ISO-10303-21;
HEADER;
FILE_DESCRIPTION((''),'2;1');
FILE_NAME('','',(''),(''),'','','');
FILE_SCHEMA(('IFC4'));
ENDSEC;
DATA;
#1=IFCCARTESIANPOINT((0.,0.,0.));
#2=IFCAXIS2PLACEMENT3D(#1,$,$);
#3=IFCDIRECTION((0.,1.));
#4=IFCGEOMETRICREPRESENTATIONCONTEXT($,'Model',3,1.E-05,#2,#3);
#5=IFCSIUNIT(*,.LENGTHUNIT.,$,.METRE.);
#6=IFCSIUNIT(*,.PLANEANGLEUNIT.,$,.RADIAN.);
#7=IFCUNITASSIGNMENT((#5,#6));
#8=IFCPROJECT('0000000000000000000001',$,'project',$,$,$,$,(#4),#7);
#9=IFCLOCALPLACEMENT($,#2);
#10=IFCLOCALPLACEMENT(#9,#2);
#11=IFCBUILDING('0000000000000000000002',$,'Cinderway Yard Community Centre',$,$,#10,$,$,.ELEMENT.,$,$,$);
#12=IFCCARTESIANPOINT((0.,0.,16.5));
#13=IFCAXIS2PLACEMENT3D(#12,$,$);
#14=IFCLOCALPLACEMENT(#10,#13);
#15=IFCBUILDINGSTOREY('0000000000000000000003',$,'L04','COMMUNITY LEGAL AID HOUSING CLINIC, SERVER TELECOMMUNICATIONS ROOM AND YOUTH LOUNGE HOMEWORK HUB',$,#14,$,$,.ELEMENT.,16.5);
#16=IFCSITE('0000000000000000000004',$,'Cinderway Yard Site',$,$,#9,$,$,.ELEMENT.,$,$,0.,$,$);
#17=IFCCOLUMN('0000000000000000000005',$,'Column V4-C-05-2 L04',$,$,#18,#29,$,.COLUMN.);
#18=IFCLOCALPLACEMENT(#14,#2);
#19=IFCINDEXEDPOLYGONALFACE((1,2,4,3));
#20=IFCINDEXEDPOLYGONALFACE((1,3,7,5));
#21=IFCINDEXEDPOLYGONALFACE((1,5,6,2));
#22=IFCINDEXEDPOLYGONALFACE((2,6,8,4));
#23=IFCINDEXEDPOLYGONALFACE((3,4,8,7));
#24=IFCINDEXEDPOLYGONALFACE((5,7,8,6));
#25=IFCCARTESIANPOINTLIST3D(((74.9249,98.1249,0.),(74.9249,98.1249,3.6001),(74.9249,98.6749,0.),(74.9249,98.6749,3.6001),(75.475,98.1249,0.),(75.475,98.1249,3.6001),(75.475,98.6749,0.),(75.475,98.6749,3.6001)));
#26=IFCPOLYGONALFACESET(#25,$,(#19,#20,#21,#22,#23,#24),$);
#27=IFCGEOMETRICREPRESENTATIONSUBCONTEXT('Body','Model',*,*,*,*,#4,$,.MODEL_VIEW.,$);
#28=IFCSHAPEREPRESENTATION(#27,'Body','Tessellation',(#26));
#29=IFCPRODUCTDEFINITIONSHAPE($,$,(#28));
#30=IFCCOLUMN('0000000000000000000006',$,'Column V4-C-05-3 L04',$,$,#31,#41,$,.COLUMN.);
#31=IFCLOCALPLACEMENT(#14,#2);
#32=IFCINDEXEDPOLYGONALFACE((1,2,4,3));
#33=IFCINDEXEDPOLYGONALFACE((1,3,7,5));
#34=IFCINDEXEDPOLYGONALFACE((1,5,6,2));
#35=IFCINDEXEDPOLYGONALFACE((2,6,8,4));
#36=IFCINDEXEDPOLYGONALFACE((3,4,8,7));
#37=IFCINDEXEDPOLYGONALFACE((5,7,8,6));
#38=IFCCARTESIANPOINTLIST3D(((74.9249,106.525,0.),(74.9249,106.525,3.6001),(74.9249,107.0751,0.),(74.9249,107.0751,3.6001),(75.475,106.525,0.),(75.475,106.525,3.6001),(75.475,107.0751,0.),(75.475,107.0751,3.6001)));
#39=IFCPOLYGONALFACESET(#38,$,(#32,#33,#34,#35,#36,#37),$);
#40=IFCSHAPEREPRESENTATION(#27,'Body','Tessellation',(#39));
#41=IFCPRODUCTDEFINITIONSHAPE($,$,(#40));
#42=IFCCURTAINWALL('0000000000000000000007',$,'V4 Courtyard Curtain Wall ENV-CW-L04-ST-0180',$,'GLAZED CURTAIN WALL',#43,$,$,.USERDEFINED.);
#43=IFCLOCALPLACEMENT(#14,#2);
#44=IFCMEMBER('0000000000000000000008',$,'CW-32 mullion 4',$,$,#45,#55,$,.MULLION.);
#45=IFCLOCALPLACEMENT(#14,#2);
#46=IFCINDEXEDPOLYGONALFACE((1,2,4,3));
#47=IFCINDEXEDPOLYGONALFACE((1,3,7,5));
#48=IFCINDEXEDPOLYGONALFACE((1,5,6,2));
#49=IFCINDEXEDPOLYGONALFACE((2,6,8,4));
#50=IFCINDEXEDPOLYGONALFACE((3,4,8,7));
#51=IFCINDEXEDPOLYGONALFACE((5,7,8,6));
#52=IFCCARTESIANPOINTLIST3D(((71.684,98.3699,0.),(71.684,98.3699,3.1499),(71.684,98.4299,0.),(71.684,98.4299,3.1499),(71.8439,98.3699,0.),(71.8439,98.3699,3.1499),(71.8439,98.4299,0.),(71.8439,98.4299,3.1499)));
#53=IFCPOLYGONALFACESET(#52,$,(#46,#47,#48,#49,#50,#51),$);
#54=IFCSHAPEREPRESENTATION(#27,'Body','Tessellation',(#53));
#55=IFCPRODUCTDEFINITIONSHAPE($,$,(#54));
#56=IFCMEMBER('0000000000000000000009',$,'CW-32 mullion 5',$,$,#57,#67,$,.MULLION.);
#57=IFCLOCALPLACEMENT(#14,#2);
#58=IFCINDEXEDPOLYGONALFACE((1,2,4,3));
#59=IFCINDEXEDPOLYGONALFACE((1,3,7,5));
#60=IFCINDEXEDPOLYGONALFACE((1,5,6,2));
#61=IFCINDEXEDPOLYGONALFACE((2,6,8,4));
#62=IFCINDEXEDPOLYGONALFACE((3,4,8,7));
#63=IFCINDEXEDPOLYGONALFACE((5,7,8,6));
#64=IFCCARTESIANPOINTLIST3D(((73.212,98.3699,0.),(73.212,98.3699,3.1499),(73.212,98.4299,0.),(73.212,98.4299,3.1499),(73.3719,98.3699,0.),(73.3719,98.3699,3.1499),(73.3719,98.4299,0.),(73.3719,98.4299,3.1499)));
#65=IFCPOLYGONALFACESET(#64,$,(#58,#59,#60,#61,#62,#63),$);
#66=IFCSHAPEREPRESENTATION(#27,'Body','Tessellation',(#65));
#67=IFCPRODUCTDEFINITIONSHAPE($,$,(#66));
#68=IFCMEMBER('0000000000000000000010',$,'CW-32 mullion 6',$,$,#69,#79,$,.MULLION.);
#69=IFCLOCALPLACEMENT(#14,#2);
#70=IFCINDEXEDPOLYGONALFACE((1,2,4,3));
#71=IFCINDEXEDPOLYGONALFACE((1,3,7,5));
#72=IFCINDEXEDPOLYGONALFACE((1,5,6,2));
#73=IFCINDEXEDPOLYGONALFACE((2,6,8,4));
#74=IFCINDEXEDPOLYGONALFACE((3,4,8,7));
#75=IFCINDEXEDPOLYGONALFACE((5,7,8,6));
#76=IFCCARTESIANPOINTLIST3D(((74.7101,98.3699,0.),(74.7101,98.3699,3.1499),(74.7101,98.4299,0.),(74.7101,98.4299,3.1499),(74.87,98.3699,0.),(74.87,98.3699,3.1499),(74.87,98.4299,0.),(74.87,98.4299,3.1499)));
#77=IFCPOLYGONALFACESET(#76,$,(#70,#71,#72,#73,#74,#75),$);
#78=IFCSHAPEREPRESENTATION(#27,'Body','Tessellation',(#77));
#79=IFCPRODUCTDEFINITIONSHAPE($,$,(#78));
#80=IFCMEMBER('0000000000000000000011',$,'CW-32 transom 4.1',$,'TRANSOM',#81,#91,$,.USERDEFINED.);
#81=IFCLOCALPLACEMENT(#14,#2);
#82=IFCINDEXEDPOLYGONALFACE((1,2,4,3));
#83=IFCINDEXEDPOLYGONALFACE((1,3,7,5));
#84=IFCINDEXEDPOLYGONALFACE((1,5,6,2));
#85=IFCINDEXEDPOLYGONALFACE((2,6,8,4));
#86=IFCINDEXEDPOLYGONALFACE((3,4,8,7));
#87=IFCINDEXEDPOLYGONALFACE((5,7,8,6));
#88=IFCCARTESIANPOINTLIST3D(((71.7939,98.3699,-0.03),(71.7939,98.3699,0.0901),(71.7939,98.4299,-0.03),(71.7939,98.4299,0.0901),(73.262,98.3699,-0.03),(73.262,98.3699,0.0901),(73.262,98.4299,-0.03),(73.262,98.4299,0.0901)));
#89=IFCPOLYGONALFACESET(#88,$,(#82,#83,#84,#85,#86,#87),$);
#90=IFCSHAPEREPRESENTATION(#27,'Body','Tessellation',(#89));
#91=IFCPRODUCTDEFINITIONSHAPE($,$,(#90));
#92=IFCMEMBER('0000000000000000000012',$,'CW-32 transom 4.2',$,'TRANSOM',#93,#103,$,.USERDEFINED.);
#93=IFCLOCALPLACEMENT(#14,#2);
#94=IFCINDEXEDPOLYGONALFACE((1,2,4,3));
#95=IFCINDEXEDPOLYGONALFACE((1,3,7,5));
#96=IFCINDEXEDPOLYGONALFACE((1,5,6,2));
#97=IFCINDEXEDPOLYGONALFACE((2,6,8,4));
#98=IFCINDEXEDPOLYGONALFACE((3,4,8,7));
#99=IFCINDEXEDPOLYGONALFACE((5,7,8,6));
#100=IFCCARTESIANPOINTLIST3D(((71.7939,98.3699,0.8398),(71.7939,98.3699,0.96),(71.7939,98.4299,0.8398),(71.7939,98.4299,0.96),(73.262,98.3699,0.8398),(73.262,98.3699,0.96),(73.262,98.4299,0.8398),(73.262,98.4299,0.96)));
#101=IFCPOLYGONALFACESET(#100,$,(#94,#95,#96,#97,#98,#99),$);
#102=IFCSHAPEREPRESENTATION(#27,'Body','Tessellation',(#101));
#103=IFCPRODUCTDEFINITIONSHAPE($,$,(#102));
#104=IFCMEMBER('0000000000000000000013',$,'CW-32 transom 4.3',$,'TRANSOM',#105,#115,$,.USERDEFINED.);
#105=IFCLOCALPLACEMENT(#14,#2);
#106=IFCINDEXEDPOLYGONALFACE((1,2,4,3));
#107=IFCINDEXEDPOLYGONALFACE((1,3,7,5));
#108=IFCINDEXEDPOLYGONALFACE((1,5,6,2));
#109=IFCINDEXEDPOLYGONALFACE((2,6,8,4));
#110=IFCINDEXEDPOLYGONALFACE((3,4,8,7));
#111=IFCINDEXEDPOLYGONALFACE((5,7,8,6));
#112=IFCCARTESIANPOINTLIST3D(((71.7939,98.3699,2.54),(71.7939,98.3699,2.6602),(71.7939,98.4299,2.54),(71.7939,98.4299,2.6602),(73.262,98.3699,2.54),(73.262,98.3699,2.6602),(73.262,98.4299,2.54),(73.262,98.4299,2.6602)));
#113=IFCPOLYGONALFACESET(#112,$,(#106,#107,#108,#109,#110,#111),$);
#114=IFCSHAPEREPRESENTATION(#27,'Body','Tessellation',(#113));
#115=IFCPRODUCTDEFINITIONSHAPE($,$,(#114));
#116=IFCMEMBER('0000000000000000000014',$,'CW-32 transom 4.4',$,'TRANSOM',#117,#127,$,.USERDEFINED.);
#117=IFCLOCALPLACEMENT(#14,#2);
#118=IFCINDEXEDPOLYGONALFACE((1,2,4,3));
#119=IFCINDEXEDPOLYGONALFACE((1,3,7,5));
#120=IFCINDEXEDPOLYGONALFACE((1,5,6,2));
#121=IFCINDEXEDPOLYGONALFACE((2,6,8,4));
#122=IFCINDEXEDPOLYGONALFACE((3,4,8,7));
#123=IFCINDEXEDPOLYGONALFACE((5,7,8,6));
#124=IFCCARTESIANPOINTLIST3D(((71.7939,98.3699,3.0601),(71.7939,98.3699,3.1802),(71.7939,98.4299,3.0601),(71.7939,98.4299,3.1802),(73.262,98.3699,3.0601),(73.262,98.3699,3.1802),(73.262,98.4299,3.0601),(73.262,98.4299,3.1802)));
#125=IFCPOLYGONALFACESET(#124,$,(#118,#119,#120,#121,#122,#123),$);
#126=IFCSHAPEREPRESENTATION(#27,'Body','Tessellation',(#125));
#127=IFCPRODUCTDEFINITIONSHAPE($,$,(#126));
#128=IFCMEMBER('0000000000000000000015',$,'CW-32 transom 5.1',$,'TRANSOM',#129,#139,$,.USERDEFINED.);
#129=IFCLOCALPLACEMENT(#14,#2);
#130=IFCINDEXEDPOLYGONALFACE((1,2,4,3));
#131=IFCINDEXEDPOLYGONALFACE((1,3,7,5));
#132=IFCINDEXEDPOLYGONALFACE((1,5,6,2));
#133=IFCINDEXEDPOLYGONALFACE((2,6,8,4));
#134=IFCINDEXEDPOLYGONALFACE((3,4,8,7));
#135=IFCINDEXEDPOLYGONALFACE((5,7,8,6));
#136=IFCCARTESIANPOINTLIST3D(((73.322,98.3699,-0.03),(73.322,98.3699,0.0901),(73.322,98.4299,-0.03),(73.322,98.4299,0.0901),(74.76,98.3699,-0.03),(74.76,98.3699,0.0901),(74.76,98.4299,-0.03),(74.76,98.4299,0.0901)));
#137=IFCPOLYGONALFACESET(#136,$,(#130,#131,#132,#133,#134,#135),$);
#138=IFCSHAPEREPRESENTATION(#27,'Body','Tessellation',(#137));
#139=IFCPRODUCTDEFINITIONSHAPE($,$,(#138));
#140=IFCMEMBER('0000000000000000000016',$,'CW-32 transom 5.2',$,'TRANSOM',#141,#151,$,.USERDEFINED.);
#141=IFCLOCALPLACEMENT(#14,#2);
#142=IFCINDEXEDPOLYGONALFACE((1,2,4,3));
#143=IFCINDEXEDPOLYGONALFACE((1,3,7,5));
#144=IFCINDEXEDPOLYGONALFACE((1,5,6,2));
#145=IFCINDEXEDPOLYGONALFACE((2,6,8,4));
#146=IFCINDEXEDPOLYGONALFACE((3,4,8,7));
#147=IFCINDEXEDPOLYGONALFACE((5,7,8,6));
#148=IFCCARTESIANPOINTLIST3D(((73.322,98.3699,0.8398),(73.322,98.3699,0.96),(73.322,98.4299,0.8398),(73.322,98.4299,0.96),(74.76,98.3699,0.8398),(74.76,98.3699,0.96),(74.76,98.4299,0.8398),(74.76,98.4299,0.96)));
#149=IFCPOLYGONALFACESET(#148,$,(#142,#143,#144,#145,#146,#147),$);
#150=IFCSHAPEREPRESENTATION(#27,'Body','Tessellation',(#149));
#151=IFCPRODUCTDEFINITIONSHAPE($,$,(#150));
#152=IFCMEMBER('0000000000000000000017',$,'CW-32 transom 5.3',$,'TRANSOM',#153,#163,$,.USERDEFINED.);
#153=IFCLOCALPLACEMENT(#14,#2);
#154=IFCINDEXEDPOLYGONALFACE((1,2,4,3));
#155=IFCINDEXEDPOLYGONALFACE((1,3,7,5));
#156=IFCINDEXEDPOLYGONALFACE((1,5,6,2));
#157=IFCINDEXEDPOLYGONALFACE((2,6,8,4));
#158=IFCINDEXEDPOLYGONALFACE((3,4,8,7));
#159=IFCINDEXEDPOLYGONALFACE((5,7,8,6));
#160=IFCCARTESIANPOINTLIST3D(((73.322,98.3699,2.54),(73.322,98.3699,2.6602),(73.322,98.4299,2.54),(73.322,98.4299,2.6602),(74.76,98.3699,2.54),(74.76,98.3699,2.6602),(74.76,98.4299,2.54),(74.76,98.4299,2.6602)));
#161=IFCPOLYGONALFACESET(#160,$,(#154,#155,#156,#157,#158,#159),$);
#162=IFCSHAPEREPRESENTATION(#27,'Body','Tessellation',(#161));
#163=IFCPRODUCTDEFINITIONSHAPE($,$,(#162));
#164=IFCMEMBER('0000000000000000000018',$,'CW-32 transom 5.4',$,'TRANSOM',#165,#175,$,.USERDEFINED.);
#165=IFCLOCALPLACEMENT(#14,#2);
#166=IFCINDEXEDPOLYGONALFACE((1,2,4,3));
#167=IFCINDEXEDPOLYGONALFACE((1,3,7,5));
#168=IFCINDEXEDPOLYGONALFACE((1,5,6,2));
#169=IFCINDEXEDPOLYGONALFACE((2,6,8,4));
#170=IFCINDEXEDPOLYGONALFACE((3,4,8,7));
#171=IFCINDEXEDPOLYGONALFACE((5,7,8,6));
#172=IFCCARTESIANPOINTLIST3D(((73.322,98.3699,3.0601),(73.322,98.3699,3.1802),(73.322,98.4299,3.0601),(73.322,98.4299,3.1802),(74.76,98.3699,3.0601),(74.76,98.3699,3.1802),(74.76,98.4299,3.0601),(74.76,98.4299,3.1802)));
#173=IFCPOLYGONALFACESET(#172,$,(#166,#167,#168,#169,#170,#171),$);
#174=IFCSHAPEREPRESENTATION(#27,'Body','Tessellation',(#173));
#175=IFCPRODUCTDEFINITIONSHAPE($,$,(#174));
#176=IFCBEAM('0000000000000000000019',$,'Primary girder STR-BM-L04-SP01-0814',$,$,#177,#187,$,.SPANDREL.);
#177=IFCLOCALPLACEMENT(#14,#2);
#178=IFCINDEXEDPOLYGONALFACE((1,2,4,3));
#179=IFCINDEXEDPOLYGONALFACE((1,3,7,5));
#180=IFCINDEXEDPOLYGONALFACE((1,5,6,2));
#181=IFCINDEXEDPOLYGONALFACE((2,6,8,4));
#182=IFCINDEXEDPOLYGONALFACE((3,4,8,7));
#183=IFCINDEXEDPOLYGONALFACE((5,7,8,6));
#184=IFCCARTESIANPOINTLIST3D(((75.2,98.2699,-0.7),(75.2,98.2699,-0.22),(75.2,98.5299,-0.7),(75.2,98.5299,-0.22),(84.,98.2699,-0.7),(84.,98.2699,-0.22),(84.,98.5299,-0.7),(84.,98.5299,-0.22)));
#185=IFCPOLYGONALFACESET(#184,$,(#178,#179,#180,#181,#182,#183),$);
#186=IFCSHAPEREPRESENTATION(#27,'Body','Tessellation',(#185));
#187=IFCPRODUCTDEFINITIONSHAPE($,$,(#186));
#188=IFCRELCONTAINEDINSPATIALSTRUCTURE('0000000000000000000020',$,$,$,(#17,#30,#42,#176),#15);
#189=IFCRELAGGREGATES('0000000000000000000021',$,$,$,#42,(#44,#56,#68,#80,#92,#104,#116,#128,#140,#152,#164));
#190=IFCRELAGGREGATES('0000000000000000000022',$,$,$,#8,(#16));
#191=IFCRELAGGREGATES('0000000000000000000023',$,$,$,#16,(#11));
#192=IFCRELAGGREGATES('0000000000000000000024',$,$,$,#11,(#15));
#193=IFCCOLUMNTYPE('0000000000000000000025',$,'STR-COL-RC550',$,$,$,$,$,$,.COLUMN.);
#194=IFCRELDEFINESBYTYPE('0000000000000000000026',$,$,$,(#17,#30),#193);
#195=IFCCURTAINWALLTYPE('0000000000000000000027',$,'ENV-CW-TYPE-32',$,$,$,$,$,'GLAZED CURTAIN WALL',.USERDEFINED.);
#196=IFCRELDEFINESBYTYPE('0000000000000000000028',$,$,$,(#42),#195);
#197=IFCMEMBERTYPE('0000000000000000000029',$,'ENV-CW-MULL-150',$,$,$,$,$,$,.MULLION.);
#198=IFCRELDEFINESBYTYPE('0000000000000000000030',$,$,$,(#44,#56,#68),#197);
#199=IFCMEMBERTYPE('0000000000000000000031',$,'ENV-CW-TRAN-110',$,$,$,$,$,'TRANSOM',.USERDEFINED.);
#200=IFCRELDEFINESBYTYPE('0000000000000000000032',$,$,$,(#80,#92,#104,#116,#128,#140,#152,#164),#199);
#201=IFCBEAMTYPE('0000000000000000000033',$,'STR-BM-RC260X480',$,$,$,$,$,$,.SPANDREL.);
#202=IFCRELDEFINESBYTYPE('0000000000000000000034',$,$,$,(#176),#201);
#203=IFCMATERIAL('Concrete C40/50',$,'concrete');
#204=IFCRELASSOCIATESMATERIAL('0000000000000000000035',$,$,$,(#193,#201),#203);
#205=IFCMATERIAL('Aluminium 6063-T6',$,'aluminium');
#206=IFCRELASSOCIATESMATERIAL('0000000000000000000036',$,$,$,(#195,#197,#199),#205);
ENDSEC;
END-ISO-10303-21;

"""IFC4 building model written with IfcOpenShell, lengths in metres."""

from ifc_helpers import new_model, si_unit, direction, frame, origin, origin_2d, place, context, subcontext, project, spatial, rectangle, extrude, material, material_profile, profile_set, type_object, element, aggregate, save


model = new_model("IFC4")

# Units and contexts
model_context = context("Model", 3, precision=1e-05, world=origin(), true_north=direction((0.0, 1.0)))
body_context = subcontext(model_context, "Body", "Model", "MODEL_VIEW")
ifc_project = project(units=[si_unit("LENGTHUNIT", "METRE"), si_unit("PLANEANGLEUNIT", "RADIAN")], contexts=[model_context])

# Site, building, storey
site_placement = place(None, origin())
site = spatial("IfcSite", under=ifc_project, at=site_placement, Name="Cinderway Yard Site", CompositionType="ELEMENT", RefElevation=0.0)
building_placement = place(site_placement, origin())
building = spatial("IfcBuilding", under=site, at=building_placement, Name="Cinderway Yard Community Centre", CompositionType="ELEMENT")
storey_placement = place(building_placement, frame((0.0, 0.0, 16.5)))
storey = spatial("IfcBuildingStorey", under=building, at=storey_placement, Name="L04", Description="COMMUNITY LEGAL AID HOUSING CLINIC, SERVER TELECOMMUNICATIONS ROOM AND YOUTH LOUNGE HOMEWORK HUB", CompositionType="ELEMENT", Elevation=16.5)

# Columns
ifc_material_1 = material(Name="Concrete C40/50", Category="concrete")
ifc_material_profile_1 = material_profile(ifc_material_1, rectangle(XDim=0.55, YDim=0.55, at=origin_2d()), Name="Concrete C40/50")
ifc_profile_set_1 = profile_set([ifc_material_profile_1], Name="Concrete C40/50")
column_type = type_object("IfcColumnType", Name="STR-COL-RC550", PredefinedType="COLUMN", material=ifc_profile_set_1)
for number, where, z_axis, x_axis, name in (
    (1, (75.2, 98.3999, 0.0), (0.0, 0.0, 1.0), (1.0, 0.0, 0.0), "Column V4-C-05-2 L04"),
    (2, (75.2, 106.8, 0.0), (0.0, 0.0, 1.0), (1.0, 0.0, 0.0), "Column V4-C-05-3 L04"),
):
    element("IfcColumn", number, at=place(storey_placement, frame(where, z_axis=z_axis, x_axis=x_axis)), inside=storey, type_object=column_type, Name=name, PredefinedType="COLUMN", context=body_context, shape_type="SweptSolid", body=[
        extrude(rectangle(XDim=0.55, YDim=0.55, at=origin_2d()), origin(), (0.0, 0.0, 1.0), 3.6001),
    ])

# Curtain wall, members
ifc_material_2 = material(Name="Aluminium 6063-T6", Category="aluminium")
curtain_wall_type = type_object("IfcCurtainWallType", Name="ENV-CW-TYPE-32", ElementType="GLAZED CURTAIN WALL", PredefinedType="USERDEFINED", material=ifc_material_2)
curtain_wall_placement = place(storey_placement, origin())
curtain_wall = element("IfcCurtainWall", 3, at=curtain_wall_placement, inside=storey, type_object=curtain_wall_type, Name="V4 Courtyard Curtain Wall ENV-CW-L04-ST-0180", ObjectType="GLAZED CURTAIN WALL", PredefinedType="USERDEFINED")
ifc_material_profile_2 = material_profile(ifc_material_2, rectangle(XDim=0.0601, YDim=0.1599, at=origin_2d()), Name="Aluminium 6063-T6")
ifc_profile_set_2 = profile_set([ifc_material_profile_2], Name="Aluminium 6063-T6")
member_type_1 = type_object("IfcMemberType", Name="ENV-CW-MULL-150", PredefinedType="MULLION", material=ifc_profile_set_2)
member_1_placement = place(storey_placement, frame((71.7639, 98.3999, 0.0), z_axis=(0.0, 0.0, 1.0), x_axis=(0.0, 1.0, 0.0)))
member_1 = element("IfcMember", 4, at=member_1_placement, type_object=member_type_1, Name="CW-32 mullion 4", PredefinedType="MULLION", context=body_context, shape_type="SweptSolid", body=[
    extrude(rectangle(XDim=0.0601, YDim=0.1599, at=origin_2d()), origin(), (0.0, 0.0, 1.0), 3.1499),
])
member_2_placement = place(storey_placement, frame((73.292, 98.3999, 0.0), z_axis=(0.0, 0.0, 1.0), x_axis=(0.0, 1.0, 0.0)))
member_2 = element("IfcMember", 5, at=member_2_placement, type_object=member_type_1, Name="CW-32 mullion 5", PredefinedType="MULLION", context=body_context, shape_type="SweptSolid", body=[
    extrude(rectangle(XDim=0.0601, YDim=0.1599, at=origin_2d()), origin(), (0.0, 0.0, 1.0), 3.1499),
])
member_3_placement = place(storey_placement, frame((74.79, 98.3999, 0.0), z_axis=(0.0, 0.0, 1.0), x_axis=(0.0, 1.0, 0.0)))
member_3 = element("IfcMember", 6, at=member_3_placement, type_object=member_type_1, Name="CW-32 mullion 6", PredefinedType="MULLION", context=body_context, shape_type="SweptSolid", body=[
    extrude(rectangle(XDim=0.0601, YDim=0.1599, at=origin_2d()), origin(), (0.0, 0.0, 1.0), 3.1499),
])
ifc_material_profile_3 = material_profile(ifc_material_2, rectangle(XDim=0.0601, YDim=0.1201, at=origin_2d()), Name="Aluminium 6063-T6")
ifc_profile_set_3 = profile_set([ifc_material_profile_3], Name="Aluminium 6063-T6")
member_type_2 = type_object("IfcMemberType", Name="ENV-CW-TRAN-110", ElementType="TRANSOM", PredefinedType="USERDEFINED", material=ifc_profile_set_3)
member_4_placement = place(storey_placement, frame((71.7939, 98.3999, 0.03), z_axis=(1.0, 0.0, 0.0), x_axis=(0.0, 1.0, 0.0)))
member_4 = element("IfcMember", 7, at=member_4_placement, type_object=member_type_2, Name="CW-32 transom 4.1", ObjectType="TRANSOM", PredefinedType="USERDEFINED", context=body_context, shape_type="SweptSolid", body=[
    extrude(rectangle(XDim=0.0601, YDim=0.1201, at=origin_2d()), origin(), (0.0, 0.0, 1.0), 1.468),
])
member_5_placement = place(storey_placement, frame((71.7939, 98.3999, 0.8999), z_axis=(1.0, 0.0, 0.0), x_axis=(0.0, 1.0, 0.0)))
member_5 = element("IfcMember", 8, at=member_5_placement, type_object=member_type_2, Name="CW-32 transom 4.2", ObjectType="TRANSOM", PredefinedType="USERDEFINED", context=body_context, shape_type="SweptSolid", body=[
    extrude(rectangle(XDim=0.0601, YDim=0.1201, at=origin_2d()), origin(), (0.0, 0.0, 1.0), 1.468),
])
member_6_placement = place(storey_placement, frame((71.7939, 98.3999, 2.6001), z_axis=(1.0, 0.0, 0.0), x_axis=(0.0, 1.0, 0.0)))
member_6 = element("IfcMember", 9, at=member_6_placement, type_object=member_type_2, Name="CW-32 transom 4.3", ObjectType="TRANSOM", PredefinedType="USERDEFINED", context=body_context, shape_type="SweptSolid", body=[
    extrude(rectangle(XDim=0.0601, YDim=0.1201, at=origin_2d()), origin(), (0.0, 0.0, 1.0), 1.468),
])
member_7_placement = place(storey_placement, frame((71.7939, 98.3999, 3.1201), z_axis=(1.0, 0.0, 0.0), x_axis=(0.0, 1.0, 0.0)))
member_7 = element("IfcMember", 10, at=member_7_placement, type_object=member_type_2, Name="CW-32 transom 4.4", ObjectType="TRANSOM", PredefinedType="USERDEFINED", context=body_context, shape_type="SweptSolid", body=[
    extrude(rectangle(XDim=0.0601, YDim=0.1201, at=origin_2d()), origin(), (0.0, 0.0, 1.0), 1.468),
])
member_8_placement = place(storey_placement, frame((73.322, 98.3999, 0.03), z_axis=(1.0, 0.0, 0.0), x_axis=(0.0, 1.0, 0.0)))
member_8 = element("IfcMember", 11, at=member_8_placement, type_object=member_type_2, Name="CW-32 transom 5.1", ObjectType="TRANSOM", PredefinedType="USERDEFINED", context=body_context, shape_type="SweptSolid", body=[
    extrude(rectangle(XDim=0.0601, YDim=0.1201, at=origin_2d()), origin(), (0.0, 0.0, 1.0), 1.438),
])
member_9_placement = place(storey_placement, frame((73.322, 98.3999, 0.8999), z_axis=(1.0, 0.0, 0.0), x_axis=(0.0, 1.0, 0.0)))
member_9 = element("IfcMember", 12, at=member_9_placement, type_object=member_type_2, Name="CW-32 transom 5.2", ObjectType="TRANSOM", PredefinedType="USERDEFINED", context=body_context, shape_type="SweptSolid", body=[
    extrude(rectangle(XDim=0.0601, YDim=0.1201, at=origin_2d()), origin(), (0.0, 0.0, 1.0), 1.438),
])
member_10_placement = place(storey_placement, frame((73.322, 98.3999, 2.6001), z_axis=(1.0, 0.0, 0.0), x_axis=(0.0, 1.0, 0.0)))
member_10 = element("IfcMember", 13, at=member_10_placement, type_object=member_type_2, Name="CW-32 transom 5.3", ObjectType="TRANSOM", PredefinedType="USERDEFINED", context=body_context, shape_type="SweptSolid", body=[
    extrude(rectangle(XDim=0.0601, YDim=0.1201, at=origin_2d()), origin(), (0.0, 0.0, 1.0), 1.438),
])
member_11_placement = place(storey_placement, frame((73.322, 98.3999, 3.1201), z_axis=(1.0, 0.0, 0.0), x_axis=(0.0, 1.0, 0.0)))
member_11 = element("IfcMember", 14, at=member_11_placement, type_object=member_type_2, Name="CW-32 transom 5.4", ObjectType="TRANSOM", PredefinedType="USERDEFINED", context=body_context, shape_type="SweptSolid", body=[
    extrude(rectangle(XDim=0.0601, YDim=0.1201, at=origin_2d()), origin(), (0.0, 0.0, 1.0), 1.438),
])

# Beam
ifc_material_profile_4 = material_profile(ifc_material_1, rectangle(XDim=0.26, YDim=0.48, at=origin_2d()), Name="Concrete C40/50")
ifc_profile_set_4 = profile_set([ifc_material_profile_4], Name="Concrete C40/50")
beam_type_1 = type_object("IfcBeamType", Name="STR-BM-RC260X480", PredefinedType="SPANDREL", material=ifc_profile_set_4)
beam_1_placement = place(storey_placement, frame((75.2, 98.3999, -0.46), z_axis=(1.0, 0.0, 0.0), x_axis=(0.0, 1.0, 0.0)))
element("IfcBeam", 15, at=beam_1_placement, inside=storey, type_object=beam_type_1, Name="Primary girder STR-BM-L04-SP01-0814", PredefinedType="SPANDREL", context=body_context, shape_type="SweptSolid", body=[
    extrude(rectangle(XDim=0.26, YDim=0.48, at=origin_2d()), origin(), (0.0, 0.0, 1.0), 8.8),
])

aggregate(curtain_wall, [member_1, member_2, member_3, member_4, member_5, member_6, member_7, member_8, member_9, member_10, member_11])

save(model, "model.ifc")
